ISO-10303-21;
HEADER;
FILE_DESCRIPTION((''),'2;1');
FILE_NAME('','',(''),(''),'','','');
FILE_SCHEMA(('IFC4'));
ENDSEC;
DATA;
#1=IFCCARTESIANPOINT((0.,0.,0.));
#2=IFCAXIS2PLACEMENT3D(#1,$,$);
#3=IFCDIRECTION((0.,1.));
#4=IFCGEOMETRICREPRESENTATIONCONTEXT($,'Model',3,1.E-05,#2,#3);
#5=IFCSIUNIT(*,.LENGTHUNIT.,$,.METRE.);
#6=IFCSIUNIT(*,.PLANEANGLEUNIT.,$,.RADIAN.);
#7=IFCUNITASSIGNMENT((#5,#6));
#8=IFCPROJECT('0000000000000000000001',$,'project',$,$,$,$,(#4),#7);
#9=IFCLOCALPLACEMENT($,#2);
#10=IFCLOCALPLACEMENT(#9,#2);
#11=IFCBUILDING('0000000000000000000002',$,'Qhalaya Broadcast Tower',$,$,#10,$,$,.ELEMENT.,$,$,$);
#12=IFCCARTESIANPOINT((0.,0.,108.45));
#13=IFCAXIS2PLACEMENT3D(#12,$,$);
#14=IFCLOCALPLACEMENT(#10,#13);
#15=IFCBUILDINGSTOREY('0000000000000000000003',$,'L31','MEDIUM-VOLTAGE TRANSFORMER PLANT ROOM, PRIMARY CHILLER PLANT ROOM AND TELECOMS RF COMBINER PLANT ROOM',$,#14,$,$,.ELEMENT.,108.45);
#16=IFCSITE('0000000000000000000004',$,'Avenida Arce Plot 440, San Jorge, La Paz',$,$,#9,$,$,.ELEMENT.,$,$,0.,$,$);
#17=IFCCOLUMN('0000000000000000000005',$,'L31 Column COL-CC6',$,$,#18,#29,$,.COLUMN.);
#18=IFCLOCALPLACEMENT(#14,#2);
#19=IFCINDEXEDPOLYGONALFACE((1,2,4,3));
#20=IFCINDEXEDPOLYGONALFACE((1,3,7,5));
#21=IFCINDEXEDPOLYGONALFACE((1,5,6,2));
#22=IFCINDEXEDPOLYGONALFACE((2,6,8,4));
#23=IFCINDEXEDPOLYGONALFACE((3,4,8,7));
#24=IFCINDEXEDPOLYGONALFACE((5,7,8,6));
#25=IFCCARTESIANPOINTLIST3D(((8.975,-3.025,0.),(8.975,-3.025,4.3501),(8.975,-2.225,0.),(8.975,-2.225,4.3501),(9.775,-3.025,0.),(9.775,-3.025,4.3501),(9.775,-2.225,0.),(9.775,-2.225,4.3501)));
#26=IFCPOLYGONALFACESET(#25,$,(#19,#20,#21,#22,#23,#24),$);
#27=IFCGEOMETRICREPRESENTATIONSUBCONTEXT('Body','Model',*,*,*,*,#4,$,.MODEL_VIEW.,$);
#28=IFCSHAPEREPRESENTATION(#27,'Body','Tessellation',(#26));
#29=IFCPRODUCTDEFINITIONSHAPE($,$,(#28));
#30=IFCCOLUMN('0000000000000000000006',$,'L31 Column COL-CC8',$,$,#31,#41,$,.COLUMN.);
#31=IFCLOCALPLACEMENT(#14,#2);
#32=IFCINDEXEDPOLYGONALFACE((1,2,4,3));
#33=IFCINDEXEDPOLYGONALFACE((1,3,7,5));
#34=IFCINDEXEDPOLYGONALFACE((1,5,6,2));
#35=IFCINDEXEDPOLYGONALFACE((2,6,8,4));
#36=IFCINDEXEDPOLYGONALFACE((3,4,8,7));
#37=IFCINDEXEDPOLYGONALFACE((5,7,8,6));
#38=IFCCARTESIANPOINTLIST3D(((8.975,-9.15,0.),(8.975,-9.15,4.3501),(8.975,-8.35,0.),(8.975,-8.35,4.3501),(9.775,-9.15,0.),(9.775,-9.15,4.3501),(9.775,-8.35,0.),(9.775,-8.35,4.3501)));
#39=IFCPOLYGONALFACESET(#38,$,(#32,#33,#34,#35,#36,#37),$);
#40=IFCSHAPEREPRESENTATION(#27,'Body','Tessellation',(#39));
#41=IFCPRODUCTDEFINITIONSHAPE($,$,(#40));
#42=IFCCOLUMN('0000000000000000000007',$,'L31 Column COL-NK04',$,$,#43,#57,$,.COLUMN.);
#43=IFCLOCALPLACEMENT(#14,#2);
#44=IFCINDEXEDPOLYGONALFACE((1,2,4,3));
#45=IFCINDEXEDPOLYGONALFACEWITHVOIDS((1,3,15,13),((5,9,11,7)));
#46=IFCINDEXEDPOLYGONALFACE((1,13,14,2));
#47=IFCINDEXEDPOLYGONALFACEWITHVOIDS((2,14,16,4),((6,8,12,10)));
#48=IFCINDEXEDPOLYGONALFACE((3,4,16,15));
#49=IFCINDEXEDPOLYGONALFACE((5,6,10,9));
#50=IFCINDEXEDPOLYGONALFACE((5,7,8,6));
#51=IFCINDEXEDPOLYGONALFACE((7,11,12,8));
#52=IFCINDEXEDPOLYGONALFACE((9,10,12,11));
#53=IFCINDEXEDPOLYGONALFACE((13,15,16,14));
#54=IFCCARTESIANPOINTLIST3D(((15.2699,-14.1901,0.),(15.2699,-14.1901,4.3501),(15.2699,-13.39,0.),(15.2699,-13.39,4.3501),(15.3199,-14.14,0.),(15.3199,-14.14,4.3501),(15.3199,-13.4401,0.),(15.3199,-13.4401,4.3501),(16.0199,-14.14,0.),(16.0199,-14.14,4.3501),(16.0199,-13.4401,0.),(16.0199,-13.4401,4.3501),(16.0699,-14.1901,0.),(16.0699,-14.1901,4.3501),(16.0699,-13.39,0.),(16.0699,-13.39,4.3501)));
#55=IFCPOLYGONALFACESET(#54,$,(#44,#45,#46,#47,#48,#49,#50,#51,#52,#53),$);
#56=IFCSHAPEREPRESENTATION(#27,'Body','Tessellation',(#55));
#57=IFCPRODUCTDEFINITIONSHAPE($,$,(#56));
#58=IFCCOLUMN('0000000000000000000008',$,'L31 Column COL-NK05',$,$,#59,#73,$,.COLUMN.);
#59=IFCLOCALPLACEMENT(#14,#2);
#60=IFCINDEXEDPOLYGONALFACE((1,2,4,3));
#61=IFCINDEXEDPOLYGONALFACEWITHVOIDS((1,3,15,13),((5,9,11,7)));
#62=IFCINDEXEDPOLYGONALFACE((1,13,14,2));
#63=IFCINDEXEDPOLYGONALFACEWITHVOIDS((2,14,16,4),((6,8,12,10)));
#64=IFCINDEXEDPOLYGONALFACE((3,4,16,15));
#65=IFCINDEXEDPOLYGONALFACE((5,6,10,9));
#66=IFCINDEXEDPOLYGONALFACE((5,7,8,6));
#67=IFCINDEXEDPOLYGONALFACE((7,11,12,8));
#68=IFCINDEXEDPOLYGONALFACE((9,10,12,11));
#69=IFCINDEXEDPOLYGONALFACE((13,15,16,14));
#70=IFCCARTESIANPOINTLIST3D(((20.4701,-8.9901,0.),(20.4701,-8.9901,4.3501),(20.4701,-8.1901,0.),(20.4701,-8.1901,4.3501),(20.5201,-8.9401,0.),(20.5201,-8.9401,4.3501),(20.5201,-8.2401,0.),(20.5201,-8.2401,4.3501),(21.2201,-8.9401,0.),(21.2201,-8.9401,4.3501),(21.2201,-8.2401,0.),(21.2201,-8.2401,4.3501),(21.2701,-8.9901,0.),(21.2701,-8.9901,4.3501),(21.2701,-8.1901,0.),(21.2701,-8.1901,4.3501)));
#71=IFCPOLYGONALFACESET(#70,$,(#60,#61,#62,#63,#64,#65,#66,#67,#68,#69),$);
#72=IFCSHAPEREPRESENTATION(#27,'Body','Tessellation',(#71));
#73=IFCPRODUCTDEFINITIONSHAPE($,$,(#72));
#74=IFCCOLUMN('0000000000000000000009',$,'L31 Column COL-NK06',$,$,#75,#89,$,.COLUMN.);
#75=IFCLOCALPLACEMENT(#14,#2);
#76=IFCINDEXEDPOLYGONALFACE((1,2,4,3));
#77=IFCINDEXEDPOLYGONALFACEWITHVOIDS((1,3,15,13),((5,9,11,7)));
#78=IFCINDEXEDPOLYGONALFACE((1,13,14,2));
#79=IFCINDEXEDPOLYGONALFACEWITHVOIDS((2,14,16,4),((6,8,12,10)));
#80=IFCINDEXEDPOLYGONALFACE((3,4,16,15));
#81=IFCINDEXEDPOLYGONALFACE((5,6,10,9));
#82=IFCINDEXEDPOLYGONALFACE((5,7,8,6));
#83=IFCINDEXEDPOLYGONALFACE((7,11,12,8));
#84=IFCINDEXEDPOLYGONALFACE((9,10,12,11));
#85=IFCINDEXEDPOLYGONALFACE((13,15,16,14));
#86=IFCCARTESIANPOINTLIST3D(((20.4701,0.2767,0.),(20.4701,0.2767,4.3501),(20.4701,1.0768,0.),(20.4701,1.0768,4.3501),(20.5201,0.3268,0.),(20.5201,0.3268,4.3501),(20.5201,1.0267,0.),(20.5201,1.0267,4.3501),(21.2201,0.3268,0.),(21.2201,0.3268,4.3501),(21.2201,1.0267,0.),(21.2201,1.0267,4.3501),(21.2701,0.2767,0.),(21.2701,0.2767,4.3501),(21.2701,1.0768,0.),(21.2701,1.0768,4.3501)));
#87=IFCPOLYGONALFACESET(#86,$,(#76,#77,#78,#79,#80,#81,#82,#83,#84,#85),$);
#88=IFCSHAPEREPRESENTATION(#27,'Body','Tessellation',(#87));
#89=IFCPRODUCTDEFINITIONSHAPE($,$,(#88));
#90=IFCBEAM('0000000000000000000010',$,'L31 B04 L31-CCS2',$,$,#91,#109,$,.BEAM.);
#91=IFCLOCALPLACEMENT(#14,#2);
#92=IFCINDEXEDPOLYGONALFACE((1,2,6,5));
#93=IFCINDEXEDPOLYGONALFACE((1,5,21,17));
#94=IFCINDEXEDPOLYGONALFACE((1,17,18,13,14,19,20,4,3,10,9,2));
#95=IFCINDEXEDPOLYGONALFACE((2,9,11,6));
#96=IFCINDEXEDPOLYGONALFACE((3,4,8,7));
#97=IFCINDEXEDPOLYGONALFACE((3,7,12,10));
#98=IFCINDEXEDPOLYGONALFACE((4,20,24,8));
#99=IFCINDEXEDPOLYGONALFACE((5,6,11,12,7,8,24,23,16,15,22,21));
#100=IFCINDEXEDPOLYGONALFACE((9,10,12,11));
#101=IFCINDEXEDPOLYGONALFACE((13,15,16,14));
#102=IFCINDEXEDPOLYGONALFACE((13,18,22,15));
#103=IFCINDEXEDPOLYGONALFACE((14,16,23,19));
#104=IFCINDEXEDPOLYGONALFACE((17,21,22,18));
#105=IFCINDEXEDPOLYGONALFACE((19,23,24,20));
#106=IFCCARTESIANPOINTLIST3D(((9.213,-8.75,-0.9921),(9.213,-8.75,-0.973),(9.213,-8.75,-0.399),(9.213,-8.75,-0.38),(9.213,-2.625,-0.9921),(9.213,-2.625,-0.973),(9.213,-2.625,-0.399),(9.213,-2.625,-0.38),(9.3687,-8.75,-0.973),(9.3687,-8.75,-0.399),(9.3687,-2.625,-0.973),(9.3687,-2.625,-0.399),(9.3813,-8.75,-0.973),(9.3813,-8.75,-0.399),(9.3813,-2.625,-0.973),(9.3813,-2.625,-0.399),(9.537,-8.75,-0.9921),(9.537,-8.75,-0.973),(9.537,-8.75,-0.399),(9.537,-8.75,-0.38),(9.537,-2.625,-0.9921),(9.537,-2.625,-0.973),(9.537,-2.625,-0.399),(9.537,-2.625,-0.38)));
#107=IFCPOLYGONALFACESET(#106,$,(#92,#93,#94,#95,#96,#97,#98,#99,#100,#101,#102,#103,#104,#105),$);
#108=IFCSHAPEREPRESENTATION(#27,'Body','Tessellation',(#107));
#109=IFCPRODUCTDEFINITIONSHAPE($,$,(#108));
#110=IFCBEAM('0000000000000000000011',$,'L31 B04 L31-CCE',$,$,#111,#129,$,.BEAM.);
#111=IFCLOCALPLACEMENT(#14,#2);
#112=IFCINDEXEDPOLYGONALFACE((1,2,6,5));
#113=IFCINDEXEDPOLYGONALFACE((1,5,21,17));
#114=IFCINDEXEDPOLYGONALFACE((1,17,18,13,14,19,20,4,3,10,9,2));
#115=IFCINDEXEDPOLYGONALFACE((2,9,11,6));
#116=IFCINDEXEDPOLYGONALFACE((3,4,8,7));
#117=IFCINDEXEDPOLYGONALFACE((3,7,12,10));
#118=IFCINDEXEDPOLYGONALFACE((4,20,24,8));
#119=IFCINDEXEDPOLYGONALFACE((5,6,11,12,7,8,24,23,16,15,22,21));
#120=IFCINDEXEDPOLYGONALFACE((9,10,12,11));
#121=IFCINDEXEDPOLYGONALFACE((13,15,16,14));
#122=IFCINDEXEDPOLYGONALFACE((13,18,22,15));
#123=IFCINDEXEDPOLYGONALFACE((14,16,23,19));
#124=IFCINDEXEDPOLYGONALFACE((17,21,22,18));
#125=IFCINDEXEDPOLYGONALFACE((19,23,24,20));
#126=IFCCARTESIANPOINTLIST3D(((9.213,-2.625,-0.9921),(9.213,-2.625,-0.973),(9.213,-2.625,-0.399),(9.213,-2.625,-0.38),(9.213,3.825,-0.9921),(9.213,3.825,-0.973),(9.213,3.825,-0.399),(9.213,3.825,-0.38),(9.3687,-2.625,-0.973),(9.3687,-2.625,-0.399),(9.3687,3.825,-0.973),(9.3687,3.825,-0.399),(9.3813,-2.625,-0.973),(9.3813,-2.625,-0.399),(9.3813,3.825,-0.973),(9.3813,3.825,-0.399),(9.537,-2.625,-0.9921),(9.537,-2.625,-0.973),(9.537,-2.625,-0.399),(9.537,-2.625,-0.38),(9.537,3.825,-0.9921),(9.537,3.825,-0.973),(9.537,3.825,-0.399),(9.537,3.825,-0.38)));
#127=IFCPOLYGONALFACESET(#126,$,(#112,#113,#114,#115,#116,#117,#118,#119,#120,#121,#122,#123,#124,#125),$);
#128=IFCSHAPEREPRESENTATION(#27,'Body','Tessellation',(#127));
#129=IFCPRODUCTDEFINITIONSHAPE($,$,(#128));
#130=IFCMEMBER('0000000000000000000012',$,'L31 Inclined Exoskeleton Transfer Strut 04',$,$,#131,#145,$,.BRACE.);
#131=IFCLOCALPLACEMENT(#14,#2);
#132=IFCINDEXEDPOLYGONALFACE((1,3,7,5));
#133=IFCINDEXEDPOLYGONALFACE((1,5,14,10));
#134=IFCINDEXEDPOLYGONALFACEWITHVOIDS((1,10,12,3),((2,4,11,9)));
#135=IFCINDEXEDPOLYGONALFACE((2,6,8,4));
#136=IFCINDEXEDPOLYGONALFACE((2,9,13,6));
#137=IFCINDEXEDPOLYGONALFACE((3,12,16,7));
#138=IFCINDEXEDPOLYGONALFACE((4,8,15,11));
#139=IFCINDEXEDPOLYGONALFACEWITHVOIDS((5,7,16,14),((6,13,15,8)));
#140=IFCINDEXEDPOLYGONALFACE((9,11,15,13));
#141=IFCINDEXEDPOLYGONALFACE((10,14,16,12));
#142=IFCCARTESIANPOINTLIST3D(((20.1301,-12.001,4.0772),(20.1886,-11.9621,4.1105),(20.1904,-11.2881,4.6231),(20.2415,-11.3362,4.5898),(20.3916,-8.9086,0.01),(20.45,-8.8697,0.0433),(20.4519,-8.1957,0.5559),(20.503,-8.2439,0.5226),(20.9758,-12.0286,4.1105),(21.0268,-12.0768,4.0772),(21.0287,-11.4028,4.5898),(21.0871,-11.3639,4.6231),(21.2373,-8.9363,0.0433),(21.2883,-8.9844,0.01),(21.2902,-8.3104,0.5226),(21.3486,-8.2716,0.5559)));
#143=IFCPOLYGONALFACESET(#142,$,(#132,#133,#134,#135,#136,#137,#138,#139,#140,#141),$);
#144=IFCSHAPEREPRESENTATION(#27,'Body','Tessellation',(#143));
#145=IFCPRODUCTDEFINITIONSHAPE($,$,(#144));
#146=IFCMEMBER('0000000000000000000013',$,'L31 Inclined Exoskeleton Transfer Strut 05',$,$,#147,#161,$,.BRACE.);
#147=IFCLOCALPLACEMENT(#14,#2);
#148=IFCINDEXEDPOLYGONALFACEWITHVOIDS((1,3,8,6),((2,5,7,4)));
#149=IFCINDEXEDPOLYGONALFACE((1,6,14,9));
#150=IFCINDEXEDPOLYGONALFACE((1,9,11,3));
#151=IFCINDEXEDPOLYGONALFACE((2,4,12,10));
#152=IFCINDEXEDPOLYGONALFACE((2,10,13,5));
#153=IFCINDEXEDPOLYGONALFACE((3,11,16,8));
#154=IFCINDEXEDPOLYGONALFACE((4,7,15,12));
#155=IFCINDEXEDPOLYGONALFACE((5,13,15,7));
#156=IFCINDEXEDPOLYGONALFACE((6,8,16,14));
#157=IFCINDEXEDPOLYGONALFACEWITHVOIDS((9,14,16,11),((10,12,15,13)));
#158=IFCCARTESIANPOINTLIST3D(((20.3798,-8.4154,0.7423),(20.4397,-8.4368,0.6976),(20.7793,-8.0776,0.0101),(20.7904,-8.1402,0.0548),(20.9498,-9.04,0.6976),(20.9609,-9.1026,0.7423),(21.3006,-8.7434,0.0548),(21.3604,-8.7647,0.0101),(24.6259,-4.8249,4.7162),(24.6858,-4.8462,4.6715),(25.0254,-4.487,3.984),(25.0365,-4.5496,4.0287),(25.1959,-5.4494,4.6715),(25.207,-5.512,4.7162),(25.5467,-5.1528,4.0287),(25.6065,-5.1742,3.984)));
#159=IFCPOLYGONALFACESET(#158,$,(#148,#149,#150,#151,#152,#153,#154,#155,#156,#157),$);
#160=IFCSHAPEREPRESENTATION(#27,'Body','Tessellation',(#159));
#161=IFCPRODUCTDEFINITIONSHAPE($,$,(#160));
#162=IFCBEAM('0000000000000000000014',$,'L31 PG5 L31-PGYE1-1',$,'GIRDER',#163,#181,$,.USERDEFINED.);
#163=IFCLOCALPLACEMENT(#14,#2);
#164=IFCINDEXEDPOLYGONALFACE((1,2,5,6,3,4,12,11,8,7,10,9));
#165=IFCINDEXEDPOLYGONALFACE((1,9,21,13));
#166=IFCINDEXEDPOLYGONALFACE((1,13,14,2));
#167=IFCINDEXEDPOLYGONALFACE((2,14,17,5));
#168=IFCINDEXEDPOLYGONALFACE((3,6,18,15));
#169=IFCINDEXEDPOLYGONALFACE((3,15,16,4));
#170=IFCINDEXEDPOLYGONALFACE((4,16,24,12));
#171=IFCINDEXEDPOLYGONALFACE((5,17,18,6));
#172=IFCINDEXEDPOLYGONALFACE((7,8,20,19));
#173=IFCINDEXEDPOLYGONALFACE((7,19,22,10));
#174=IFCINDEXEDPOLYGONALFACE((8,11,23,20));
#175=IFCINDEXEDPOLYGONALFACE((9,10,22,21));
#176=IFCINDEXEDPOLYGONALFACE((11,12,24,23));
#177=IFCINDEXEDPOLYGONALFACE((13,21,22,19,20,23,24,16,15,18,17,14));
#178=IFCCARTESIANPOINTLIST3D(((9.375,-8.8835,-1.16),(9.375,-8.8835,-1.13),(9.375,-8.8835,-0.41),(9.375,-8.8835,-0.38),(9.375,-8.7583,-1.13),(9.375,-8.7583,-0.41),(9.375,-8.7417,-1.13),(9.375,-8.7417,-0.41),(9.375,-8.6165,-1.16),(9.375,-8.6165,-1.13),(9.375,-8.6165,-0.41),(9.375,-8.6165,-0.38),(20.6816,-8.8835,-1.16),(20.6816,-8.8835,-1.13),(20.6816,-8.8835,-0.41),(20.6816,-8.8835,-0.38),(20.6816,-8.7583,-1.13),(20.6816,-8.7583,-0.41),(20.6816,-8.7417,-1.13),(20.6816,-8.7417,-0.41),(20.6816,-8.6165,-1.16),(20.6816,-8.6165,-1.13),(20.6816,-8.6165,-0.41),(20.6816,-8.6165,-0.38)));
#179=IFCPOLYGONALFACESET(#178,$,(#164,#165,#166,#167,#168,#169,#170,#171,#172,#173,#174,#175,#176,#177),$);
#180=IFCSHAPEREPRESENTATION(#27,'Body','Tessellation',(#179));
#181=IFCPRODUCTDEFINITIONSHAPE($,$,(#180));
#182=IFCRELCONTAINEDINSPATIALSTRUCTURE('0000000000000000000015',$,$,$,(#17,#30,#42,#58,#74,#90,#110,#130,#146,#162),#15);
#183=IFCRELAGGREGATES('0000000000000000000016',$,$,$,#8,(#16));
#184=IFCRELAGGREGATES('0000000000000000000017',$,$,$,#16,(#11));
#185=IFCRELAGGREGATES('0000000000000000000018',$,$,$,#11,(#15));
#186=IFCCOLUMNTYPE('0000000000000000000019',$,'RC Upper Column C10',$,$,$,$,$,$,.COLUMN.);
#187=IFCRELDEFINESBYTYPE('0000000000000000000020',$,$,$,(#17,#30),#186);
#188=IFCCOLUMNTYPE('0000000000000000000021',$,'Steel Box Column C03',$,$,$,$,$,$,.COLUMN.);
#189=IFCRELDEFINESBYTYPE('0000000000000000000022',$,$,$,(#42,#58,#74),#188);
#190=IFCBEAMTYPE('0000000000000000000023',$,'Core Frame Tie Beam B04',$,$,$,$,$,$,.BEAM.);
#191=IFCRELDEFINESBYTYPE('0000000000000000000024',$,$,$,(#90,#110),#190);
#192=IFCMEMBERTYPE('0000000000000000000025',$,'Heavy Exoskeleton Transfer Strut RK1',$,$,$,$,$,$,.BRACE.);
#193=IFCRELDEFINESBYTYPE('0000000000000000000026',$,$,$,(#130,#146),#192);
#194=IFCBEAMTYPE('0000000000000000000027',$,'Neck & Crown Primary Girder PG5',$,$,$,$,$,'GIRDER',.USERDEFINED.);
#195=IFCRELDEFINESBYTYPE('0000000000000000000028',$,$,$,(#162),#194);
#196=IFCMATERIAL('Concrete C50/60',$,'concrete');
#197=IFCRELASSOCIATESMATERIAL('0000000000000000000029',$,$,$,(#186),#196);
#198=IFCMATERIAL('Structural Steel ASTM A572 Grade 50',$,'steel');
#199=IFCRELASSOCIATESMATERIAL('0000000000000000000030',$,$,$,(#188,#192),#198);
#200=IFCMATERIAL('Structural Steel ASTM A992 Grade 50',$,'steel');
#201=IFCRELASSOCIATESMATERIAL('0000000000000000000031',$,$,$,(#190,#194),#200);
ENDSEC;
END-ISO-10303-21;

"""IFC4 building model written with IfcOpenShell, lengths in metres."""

from ifc_helpers import new_model, si_unit, direction, frame, origin, origin_2d, place, context, subcontext, project, spatial, rectangle, hollow_rectangle, i_section, extrude, material, material_profile, profile_set, type_object, element, save


model = new_model("IFC4")

# Units and contexts
model_context = context("Model", 3, precision=1e-05, world=origin(), true_north=direction((0.0, 1.0)))
body_context = subcontext(model_context, "Body", "Model", "MODEL_VIEW")
ifc_project = project(units=[si_unit("LENGTHUNIT", "METRE"), si_unit("PLANEANGLEUNIT", "RADIAN")], contexts=[model_context])

# Site, building, storey
site_placement = place(None, origin())
site = spatial("IfcSite", under=ifc_project, at=site_placement, Name="Avenida Arce Plot 440, San Jorge, La Paz", CompositionType="ELEMENT", RefElevation=0.0)
building_placement = place(site_placement, origin())
building = spatial("IfcBuilding", under=site, at=building_placement, Name="Qhalaya Broadcast Tower", CompositionType="ELEMENT")
storey_placement = place(building_placement, frame((0.0, 0.0, 108.45)))
storey = spatial("IfcBuildingStorey", under=building, at=storey_placement, Name="L31", Description="MEDIUM-VOLTAGE TRANSFORMER PLANT ROOM, PRIMARY CHILLER PLANT ROOM AND TELECOMS RF COMBINER PLANT ROOM", CompositionType="ELEMENT", Elevation=108.45)

# Columns
ifc_material_1 = material(Name="Concrete C50/60", Category="concrete")
ifc_material_profile_1 = material_profile(ifc_material_1, rectangle(XDim=0.8, YDim=0.8, at=origin_2d()), Name="RC-COL 800x800")
ifc_profile_set_1 = profile_set([ifc_material_profile_1], Name="Concrete C50/60")
column_type_1 = type_object("IfcColumnType", Name="RC Upper Column C10", PredefinedType="COLUMN", material=ifc_profile_set_1)
for number, where, z_axis, x_axis, name in (
    (1, (9.375, -2.625, 0.0), (0.0, 0.0, 1.0), (1.0, 0.0, 0.0), "L31 Column COL-CC6"),
    (2, (9.375, -8.75, 0.0), (0.0, 0.0, 1.0), (1.0, 0.0, 0.0), "L31 Column COL-CC8"),
):
    element("IfcColumn", number, at=place(storey_placement, frame(where, z_axis=z_axis, x_axis=x_axis)), inside=storey, type_object=column_type_1, Name=name, PredefinedType="COLUMN", context=body_context, shape_type="SweptSolid", body=[
        extrude(rectangle(XDim=0.8, YDim=0.8, at=origin_2d()), origin(), (0.0, 0.0, 1.0), 4.3501),
    ])
ifc_material_2 = material(Name="Structural Steel ASTM A572 Grade 50", Category="steel")
ifc_material_profile_2 = material_profile(ifc_material_2, hollow_rectangle(XDim=0.8, YDim=0.8, WallThickness=0.05, at=origin_2d()), Name="BOX 800x800x50")
ifc_profile_set_2 = profile_set([ifc_material_profile_2], Name="Structural Steel ASTM A572 Grade 50")
column_type_2 = type_object("IfcColumnType", Name="Steel Box Column C03", PredefinedType="COLUMN", material=ifc_profile_set_2)
for number, where, z_axis, x_axis, name in (
    (3, (15.6699, -13.79, 0.0), (0.0, 0.0, 1.0), (1.0, 0.0, 0.0), "L31 Column COL-NK04"),
    (4, (20.8701, -8.5901, 0.0), (0.0, 0.0, 1.0), (0.0, 1.0, 0.0), "L31 Column COL-NK05"),
    (5, (20.8701, 0.6768, 0.0), (0.0, 0.0, 1.0), (0.0, 1.0, 0.0), "L31 Column COL-NK06"),
):
    element("IfcColumn", number, at=place(storey_placement, frame(where, z_axis=z_axis, x_axis=x_axis)), inside=storey, type_object=column_type_2, Name=name, PredefinedType="COLUMN", context=body_context, shape_type="SweptSolid", body=[
        extrude(hollow_rectangle(XDim=0.8, YDim=0.8, WallThickness=0.05, at=origin_2d()), origin(), (0.0, 0.0, 1.0), 4.3501),
    ])

# Beams
ifc_material_3 = material(Name="Structural Steel ASTM A992 Grade 50", Category="steel")
ifc_material_profile_3 = material_profile(ifc_material_3, i_section(OverallWidth=0.324, OverallDepth=0.6121, WebThickness=0.0127, FlangeThickness=0.019, at=origin_2d()), Name="W24X104")
ifc_profile_set_3 = profile_set([ifc_material_profile_3], Name="Structural Steel ASTM A992 Grade 50")
beam_type_1 = type_object("IfcBeamType", Name="Core Frame Tie Beam B04", PredefinedType="BEAM", material=ifc_profile_set_3)
beam_1_placement = place(storey_placement, frame((9.375, -8.75, -0.686), z_axis=(0.0, 1.0, 0.0), x_axis=(-1.0, 0.0, 0.0)))
element("IfcBeam", 6, at=beam_1_placement, inside=storey, type_object=beam_type_1, Name="L31 B04 L31-CCS2", PredefinedType="BEAM", context=body_context, shape_type="SweptSolid", body=[
    extrude(i_section(OverallWidth=0.324, OverallDepth=0.6121, WebThickness=0.0127, FlangeThickness=0.019, at=origin_2d()), origin(), (0.0, 0.0, 1.0), 6.125),
])
beam_2_placement = place(storey_placement, frame((9.375, -2.625, -0.686), z_axis=(0.0, 1.0, 0.0), x_axis=(-1.0, 0.0, 0.0)))
element("IfcBeam", 7, at=beam_2_placement, inside=storey, type_object=beam_type_1, Name="L31 B04 L31-CCE", PredefinedType="BEAM", context=body_context, shape_type="SweptSolid", body=[
    extrude(i_section(OverallWidth=0.324, OverallDepth=0.6121, WebThickness=0.0127, FlangeThickness=0.019, at=origin_2d()), origin(), (0.0, 0.0, 1.0), 6.45),
])

# Members
ifc_material_profile_4 = material_profile(ifc_material_2, hollow_rectangle(XDim=0.8999, YDim=0.8999, WallThickness=0.0549, at=origin_2d()), Name="BOX 900x900x55")
ifc_profile_set_4 = profile_set([ifc_material_profile_4], Name="Structural Steel ASTM A572 Grade 50")
member_type = type_object("IfcMemberType", Name="Heavy Exoskeleton Transfer Strut RK1", PredefinedType="BRACE", material=ifc_profile_set_4)
member_1_placement = place(storey_placement, frame((20.8701, -8.5901, 0.283), z_axis=(-0.05111, -0.604449, 0.795003), x_axis=(0.996444, -0.084256, 0.0)))
element("IfcMember", 8, at=member_1_placement, inside=storey, type_object=member_type, Name="L31 Inclined Exoskeleton Transfer Strut 04", PredefinedType="BRACE", context=body_context, shape_type="SweptSolid", body=[
    extrude(hollow_rectangle(XDim=0.8999, YDim=0.8999, WallThickness=0.0549, at=origin_2d()), origin(), (0.0, 0.0, 1.0), 5.116),
])
member_2_placement = place(storey_placement, frame((20.8701, -8.5901, 0.3762), z_axis=(0.621255, 0.525344, 0.581426), x_axis=(-0.645704, 0.763588, 0.0)))
element("IfcMember", 9, at=member_2_placement, inside=storey, type_object=member_type, Name="L31 Inclined Exoskeleton Transfer Strut 05", PredefinedType="BRACE", context=body_context, shape_type="SweptSolid", body=[
    extrude(hollow_rectangle(XDim=0.8999, YDim=0.8999, WallThickness=0.0549, at=origin_2d()), origin(), (0.0, 0.0, 1.0), 6.8347),
])

# Beam
ifc_material_profile_5 = material_profile(ifc_material_3, i_section(OverallWidth=0.2671, OverallDepth=0.78, WebThickness=0.0166, FlangeThickness=0.03, at=origin_2d()), Name="W30X148")
ifc_profile_set_5 = profile_set([ifc_material_profile_5], Name="Structural Steel ASTM A992 Grade 50")
beam_type_2 = type_object("IfcBeamType", Name="Neck & Crown Primary Girder PG5", ElementType="GIRDER", PredefinedType="USERDEFINED", material=ifc_profile_set_5)
beam_3_placement = place(storey_placement, frame((9.375, -8.75, -0.77), z_axis=(1.0, 0.0, 0.0), x_axis=(0.0, 1.0, 0.0)))
element("IfcBeam", 10, at=beam_3_placement, inside=storey, type_object=beam_type_2, Name="L31 PG5 L31-PGYE1-1", ObjectType="GIRDER", PredefinedType="USERDEFINED", context=body_context, shape_type="SweptSolid", body=[
    extrude(i_section(OverallWidth=0.2671, OverallDepth=0.78, WebThickness=0.0166, FlangeThickness=0.03, at=origin_2d()), origin(), (0.0, 0.0, 1.0), 11.3066),
])

save(model, "model.ifc")
